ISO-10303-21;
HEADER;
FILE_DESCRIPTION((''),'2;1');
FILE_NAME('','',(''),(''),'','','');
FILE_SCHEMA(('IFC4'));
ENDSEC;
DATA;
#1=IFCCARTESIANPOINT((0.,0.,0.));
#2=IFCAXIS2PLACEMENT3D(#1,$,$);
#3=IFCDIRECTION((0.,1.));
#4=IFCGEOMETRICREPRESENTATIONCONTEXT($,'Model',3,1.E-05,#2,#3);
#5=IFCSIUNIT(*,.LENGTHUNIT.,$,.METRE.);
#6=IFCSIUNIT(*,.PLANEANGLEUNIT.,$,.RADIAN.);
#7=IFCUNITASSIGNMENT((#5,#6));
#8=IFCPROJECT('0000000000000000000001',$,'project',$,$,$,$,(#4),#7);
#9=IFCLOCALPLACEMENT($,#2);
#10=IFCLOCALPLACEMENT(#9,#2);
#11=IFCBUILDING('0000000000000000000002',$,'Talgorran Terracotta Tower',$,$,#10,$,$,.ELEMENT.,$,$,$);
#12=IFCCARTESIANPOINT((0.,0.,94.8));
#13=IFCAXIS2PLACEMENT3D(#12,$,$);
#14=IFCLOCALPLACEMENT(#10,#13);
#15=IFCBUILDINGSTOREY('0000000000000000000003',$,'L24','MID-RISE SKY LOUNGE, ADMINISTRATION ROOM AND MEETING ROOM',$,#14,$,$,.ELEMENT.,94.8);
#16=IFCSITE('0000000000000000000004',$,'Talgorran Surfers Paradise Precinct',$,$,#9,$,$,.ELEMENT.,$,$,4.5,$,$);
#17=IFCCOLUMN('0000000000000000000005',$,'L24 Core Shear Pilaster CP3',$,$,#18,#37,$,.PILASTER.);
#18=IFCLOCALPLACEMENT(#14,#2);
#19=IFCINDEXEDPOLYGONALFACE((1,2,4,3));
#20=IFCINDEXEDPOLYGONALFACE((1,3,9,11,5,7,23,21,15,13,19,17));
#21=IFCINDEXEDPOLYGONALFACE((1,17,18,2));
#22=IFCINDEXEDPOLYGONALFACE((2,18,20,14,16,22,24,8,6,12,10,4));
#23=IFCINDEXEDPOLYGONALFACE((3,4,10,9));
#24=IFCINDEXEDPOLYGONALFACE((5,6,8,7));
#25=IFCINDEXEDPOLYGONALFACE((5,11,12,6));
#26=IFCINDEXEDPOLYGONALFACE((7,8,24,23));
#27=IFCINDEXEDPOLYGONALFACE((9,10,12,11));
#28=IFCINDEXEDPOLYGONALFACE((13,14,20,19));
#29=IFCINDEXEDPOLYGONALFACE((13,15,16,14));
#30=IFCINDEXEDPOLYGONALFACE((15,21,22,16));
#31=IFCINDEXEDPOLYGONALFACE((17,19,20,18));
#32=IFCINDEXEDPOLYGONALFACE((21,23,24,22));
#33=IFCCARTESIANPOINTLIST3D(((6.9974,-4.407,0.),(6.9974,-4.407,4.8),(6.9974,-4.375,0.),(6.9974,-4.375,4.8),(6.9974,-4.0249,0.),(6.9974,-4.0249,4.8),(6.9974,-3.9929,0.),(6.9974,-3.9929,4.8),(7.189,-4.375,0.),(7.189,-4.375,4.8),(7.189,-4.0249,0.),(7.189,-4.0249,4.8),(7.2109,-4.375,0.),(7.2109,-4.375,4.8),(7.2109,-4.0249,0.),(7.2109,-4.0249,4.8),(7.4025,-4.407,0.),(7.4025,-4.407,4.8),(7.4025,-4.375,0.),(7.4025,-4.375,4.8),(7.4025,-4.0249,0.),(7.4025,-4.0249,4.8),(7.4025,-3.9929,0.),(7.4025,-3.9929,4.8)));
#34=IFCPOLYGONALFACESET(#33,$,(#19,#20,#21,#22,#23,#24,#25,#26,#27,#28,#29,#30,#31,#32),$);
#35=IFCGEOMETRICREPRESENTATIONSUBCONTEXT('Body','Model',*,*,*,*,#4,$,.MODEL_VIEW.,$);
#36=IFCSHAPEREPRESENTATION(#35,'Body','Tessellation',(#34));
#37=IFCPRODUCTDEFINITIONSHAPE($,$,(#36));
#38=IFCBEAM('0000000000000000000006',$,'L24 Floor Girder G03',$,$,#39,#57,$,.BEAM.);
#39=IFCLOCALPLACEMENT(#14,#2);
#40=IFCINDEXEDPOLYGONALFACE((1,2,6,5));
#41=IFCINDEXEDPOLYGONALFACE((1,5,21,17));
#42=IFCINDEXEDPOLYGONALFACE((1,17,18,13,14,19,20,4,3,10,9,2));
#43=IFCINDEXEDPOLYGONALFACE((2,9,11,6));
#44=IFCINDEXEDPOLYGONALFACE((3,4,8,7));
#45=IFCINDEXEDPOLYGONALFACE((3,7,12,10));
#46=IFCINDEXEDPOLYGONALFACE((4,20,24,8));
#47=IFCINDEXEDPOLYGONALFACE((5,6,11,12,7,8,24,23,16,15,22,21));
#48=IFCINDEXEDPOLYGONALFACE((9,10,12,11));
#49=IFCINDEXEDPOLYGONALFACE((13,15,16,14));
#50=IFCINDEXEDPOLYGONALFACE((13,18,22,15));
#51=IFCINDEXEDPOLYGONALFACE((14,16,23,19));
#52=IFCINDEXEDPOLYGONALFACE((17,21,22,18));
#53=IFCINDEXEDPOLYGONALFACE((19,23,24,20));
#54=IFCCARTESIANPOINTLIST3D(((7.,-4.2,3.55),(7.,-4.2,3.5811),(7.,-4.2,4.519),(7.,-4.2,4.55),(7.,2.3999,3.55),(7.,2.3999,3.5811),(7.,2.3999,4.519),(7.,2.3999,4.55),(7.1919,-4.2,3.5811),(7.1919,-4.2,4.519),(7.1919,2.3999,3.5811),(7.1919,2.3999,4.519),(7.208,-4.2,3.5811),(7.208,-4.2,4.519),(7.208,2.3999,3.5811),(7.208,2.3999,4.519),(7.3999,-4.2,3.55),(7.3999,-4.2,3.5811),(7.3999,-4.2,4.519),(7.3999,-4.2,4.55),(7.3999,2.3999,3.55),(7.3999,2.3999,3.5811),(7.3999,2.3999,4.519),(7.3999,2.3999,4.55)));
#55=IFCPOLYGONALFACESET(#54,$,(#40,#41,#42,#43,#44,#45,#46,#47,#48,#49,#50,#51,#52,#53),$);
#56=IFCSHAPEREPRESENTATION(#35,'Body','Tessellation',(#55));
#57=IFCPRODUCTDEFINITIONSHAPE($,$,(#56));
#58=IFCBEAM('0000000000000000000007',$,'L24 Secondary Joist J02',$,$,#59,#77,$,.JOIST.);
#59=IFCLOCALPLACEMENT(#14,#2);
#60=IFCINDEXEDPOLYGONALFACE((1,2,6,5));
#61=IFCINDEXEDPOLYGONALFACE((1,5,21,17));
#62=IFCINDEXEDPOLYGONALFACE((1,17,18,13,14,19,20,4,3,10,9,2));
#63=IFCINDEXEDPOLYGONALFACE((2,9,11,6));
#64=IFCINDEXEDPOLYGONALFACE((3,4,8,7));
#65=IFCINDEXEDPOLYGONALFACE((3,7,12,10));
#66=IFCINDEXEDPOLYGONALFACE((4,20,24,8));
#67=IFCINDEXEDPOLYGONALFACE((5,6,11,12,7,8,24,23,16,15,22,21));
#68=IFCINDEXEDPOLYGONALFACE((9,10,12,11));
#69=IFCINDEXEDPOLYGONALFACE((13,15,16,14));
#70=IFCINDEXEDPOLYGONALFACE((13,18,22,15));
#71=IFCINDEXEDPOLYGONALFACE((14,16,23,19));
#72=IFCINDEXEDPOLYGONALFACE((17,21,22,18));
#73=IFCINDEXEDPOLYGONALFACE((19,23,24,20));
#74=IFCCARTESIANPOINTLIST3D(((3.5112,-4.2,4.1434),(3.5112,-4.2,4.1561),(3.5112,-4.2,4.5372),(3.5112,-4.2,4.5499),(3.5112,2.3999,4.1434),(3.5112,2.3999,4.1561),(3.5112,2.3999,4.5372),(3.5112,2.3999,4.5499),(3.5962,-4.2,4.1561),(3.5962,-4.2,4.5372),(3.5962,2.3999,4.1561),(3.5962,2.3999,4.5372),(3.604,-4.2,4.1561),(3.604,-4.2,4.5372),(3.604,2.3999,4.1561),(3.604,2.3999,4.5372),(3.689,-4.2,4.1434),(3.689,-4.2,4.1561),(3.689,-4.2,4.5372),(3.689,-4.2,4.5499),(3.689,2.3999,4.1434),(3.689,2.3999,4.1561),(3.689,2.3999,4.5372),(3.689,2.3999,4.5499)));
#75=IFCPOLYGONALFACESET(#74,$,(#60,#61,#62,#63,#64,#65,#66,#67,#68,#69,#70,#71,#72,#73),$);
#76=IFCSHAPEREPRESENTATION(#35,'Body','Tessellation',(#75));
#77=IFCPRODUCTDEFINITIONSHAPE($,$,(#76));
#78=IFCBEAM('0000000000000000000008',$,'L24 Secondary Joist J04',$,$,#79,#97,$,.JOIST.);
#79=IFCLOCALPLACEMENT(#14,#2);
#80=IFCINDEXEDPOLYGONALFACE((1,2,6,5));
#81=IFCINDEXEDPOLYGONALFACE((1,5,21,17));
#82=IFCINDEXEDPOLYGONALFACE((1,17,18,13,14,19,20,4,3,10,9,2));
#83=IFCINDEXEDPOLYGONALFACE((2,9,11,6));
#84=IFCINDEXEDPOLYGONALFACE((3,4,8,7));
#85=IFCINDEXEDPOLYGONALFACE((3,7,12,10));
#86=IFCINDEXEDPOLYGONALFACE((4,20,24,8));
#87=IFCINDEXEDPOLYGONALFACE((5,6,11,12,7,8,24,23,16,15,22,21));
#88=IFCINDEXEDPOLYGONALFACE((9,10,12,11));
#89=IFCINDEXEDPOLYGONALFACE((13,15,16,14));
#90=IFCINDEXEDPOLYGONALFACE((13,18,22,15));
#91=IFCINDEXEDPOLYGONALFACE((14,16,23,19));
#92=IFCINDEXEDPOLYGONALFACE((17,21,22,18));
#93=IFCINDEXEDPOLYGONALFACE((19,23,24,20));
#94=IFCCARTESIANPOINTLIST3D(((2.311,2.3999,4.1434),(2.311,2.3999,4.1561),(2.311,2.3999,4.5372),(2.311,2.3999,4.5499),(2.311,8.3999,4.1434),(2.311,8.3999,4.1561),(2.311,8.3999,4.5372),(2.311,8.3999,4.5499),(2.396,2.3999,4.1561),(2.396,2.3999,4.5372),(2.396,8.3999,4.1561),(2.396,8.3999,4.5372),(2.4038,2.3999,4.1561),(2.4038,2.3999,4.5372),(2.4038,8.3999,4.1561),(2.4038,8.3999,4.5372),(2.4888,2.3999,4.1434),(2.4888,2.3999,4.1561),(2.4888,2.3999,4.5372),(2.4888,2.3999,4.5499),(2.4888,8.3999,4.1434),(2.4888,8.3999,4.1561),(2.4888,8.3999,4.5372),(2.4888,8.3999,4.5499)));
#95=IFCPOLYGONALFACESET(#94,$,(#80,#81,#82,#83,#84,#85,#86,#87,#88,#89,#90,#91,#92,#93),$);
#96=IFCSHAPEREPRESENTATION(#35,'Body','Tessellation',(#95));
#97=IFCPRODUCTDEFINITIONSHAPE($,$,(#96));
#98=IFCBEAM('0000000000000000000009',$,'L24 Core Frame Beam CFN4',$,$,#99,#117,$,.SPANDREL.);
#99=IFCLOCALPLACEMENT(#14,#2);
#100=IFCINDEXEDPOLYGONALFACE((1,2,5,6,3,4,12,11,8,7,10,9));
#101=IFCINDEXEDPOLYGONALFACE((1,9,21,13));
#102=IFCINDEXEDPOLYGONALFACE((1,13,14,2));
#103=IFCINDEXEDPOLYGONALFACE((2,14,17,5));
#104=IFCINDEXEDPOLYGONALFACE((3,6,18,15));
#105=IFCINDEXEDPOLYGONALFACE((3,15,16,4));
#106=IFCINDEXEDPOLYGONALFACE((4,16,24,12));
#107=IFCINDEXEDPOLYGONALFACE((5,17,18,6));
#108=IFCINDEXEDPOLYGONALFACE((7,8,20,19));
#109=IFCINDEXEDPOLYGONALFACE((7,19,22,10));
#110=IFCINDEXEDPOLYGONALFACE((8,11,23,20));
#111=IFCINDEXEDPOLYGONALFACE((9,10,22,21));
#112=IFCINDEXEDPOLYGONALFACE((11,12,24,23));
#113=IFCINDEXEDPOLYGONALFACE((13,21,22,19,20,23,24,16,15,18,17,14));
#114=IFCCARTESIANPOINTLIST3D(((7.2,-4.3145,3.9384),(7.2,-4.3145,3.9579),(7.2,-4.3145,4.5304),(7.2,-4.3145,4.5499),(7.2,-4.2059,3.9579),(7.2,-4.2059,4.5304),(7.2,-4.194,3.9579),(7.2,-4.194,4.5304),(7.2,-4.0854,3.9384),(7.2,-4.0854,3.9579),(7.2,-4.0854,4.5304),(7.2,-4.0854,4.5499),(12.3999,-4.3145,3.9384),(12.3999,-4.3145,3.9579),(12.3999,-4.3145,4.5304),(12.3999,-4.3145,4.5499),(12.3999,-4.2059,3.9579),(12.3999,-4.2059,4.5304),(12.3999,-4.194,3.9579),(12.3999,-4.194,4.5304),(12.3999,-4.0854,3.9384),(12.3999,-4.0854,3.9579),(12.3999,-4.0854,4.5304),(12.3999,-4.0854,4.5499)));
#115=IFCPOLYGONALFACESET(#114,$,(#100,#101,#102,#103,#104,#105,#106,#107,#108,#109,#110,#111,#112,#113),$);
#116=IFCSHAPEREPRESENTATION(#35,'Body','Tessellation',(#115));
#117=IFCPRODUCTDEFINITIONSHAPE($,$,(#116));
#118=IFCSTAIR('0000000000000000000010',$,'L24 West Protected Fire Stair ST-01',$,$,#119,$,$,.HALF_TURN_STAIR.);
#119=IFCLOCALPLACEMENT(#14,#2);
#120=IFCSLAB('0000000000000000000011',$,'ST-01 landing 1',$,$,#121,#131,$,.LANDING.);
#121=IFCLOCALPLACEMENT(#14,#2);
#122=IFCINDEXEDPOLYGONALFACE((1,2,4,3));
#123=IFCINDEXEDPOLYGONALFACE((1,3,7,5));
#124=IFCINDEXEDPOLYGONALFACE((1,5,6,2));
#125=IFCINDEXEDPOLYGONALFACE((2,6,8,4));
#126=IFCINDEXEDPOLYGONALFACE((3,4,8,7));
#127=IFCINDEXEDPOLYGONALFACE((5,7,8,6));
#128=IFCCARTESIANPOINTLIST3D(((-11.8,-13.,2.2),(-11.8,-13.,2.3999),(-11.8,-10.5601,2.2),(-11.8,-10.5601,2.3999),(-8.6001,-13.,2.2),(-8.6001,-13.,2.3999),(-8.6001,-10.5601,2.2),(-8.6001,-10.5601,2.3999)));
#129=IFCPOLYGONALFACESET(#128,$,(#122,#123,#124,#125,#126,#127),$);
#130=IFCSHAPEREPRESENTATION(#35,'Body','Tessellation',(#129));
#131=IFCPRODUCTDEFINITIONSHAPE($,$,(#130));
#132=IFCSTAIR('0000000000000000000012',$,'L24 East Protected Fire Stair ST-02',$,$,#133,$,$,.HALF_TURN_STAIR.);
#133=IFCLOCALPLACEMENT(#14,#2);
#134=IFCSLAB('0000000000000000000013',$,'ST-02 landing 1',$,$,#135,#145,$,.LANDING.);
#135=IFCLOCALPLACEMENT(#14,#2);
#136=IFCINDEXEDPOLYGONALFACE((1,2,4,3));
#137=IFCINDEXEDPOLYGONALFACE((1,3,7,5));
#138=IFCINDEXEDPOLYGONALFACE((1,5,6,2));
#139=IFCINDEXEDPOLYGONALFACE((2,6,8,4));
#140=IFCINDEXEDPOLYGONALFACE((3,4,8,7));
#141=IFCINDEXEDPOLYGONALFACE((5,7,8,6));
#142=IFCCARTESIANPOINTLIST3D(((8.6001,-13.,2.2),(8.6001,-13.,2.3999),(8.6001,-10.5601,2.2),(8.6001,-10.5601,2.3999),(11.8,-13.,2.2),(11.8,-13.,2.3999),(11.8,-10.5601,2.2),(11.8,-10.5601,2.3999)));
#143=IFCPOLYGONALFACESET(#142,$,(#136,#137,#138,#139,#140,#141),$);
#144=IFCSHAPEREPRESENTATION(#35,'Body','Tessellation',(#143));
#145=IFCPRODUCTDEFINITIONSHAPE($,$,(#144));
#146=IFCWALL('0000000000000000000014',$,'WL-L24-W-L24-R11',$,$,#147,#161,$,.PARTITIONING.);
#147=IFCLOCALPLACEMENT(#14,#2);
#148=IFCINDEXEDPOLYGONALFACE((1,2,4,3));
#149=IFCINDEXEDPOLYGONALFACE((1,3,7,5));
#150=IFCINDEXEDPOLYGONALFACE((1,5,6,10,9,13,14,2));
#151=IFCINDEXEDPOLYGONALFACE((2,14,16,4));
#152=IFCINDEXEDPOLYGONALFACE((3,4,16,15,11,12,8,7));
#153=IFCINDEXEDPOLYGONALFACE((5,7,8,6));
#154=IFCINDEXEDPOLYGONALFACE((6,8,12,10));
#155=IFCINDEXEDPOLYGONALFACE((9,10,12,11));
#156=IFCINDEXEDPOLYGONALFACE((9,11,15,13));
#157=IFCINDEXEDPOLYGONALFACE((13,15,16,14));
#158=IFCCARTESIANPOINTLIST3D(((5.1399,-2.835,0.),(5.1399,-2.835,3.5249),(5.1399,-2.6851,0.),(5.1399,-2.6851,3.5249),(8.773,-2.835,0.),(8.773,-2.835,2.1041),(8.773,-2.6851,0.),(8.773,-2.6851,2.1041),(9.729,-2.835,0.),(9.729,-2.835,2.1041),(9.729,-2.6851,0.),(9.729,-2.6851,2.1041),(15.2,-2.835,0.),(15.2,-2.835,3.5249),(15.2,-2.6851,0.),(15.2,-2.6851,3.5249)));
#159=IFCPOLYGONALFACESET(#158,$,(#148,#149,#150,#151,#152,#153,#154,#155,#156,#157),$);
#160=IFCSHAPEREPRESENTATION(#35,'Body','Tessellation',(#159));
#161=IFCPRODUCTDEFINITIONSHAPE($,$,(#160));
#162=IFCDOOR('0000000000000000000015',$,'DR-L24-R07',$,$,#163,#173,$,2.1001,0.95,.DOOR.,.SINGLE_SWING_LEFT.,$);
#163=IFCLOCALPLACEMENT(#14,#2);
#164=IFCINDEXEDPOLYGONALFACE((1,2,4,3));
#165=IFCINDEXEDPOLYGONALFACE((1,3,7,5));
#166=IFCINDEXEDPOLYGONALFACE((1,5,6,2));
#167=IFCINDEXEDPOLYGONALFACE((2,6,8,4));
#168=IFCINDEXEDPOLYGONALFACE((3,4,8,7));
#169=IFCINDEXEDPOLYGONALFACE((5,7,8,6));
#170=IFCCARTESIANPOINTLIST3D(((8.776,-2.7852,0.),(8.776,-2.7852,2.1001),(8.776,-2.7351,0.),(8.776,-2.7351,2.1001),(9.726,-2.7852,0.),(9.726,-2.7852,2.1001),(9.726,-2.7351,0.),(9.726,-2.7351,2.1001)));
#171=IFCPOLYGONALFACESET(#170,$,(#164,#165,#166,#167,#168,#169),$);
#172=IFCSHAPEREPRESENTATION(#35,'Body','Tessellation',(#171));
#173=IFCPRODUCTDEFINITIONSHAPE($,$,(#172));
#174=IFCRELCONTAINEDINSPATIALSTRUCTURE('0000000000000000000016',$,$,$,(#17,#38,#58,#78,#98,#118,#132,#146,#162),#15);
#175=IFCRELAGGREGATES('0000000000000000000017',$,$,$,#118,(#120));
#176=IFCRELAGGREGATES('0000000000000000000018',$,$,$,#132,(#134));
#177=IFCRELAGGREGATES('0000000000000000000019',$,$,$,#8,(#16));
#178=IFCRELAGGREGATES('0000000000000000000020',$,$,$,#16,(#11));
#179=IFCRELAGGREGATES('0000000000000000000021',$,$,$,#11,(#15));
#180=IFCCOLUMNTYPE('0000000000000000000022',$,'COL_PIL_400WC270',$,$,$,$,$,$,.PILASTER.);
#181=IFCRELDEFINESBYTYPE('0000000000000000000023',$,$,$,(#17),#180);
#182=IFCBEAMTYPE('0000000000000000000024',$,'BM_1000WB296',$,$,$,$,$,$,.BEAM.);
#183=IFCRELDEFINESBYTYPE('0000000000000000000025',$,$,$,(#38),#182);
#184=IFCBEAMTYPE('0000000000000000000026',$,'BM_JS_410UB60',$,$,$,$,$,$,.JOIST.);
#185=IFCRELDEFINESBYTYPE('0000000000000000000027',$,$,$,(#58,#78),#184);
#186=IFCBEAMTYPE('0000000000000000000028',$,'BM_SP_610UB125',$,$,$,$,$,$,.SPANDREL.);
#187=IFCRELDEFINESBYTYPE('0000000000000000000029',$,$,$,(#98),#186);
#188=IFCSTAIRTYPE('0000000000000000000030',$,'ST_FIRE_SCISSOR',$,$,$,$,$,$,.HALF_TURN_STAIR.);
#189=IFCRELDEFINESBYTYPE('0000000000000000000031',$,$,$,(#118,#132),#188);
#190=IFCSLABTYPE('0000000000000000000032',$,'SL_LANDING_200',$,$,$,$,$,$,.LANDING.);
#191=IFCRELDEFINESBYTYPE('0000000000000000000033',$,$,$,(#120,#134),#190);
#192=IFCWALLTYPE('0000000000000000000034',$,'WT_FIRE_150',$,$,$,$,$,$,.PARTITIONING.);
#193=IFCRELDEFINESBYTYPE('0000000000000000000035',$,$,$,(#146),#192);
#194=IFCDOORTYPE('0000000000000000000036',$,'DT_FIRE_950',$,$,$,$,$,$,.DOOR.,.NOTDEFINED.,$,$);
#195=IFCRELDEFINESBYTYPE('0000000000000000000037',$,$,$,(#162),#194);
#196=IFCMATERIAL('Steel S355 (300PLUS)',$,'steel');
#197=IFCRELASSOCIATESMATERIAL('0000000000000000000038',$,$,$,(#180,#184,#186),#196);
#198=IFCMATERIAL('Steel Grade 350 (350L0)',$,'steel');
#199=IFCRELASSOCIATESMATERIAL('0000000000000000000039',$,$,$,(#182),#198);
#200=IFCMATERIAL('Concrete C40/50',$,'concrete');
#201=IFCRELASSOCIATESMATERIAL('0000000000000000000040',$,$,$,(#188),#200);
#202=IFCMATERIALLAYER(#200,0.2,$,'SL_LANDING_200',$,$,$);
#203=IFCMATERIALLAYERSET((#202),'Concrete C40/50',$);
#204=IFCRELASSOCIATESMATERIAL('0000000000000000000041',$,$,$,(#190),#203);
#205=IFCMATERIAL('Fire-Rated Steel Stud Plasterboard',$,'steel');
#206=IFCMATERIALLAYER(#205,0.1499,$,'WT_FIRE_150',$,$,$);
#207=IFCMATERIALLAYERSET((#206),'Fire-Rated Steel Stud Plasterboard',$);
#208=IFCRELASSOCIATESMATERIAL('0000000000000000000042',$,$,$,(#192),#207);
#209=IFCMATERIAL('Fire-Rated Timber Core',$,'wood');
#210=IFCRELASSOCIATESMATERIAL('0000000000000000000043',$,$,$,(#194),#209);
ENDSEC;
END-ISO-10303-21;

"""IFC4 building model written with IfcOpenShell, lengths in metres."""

from ifc_helpers import new_model, si_unit, direction, frame, frame_2d, origin, origin_2d, place, context, subcontext, project, spatial, polyline, rectangle, i_section, outline, extrude, material, layer, layer_set, material_profile, profile_set, type_object, element, fill, aggregate, save


model = new_model("IFC4")

# Units and contexts
model_context = context("Model", 3, precision=1e-05, world=origin(), true_north=direction((0.0, 1.0)))
body_context = subcontext(model_context, "Body", "Model", "MODEL_VIEW")
ifc_project = project(units=[si_unit("LENGTHUNIT", "METRE"), si_unit("PLANEANGLEUNIT", "RADIAN")], contexts=[model_context])

# Site, building, storey
site_placement = place(None, origin())
site = spatial("IfcSite", under=ifc_project, at=site_placement, Name="Talgorran Surfers Paradise Precinct", CompositionType="ELEMENT", RefElevation=4.5)
building_placement = place(site_placement, origin())
building = spatial("IfcBuilding", under=site, at=building_placement, Name="Talgorran Terracotta Tower", CompositionType="ELEMENT")
storey_placement = place(building_placement, frame((0.0, 0.0, 94.8)))
storey = spatial("IfcBuildingStorey", under=building, at=storey_placement, Name="L24", Description="MID-RISE SKY LOUNGE, ADMINISTRATION ROOM AND MEETING ROOM", CompositionType="ELEMENT", Elevation=94.8)

# Column
ifc_material_1 = material(Name="Steel S355 (300PLUS)", Category="steel")
ifc_material_profile_1 = material_profile(ifc_material_1, i_section(OverallWidth=0.405, OverallDepth=0.4141, WebThickness=0.022, FlangeThickness=0.032, at=origin_2d()), Name="400WC270")
ifc_profile_set_1 = profile_set([ifc_material_profile_1], Name="Steel S355 (300PLUS)")
column_type = type_object("IfcColumnType", Name="COL_PIL_400WC270", PredefinedType="PILASTER", material=ifc_profile_set_1)
column_placement = place(storey_placement, frame((7.2, -4.2, 0.0), z_axis=(0.0, 0.0, 1.0), x_axis=(1.0, 0.0, 0.0)))
element("IfcColumn", 1, at=column_placement, inside=storey, type_object=column_type, Name="L24 Core Shear Pilaster CP3", PredefinedType="PILASTER", context=body_context, shape_type="SweptSolid", body=[
    extrude(i_section(OverallWidth=0.405, OverallDepth=0.4141, WebThickness=0.022, FlangeThickness=0.032, at=origin_2d()), origin(), (0.0, 0.0, 1.0), 4.8),
])

# Beams
ifc_material_2 = material(Name="Steel Grade 350 (350L0)", Category="steel")
ifc_material_profile_2 = material_profile(ifc_material_2, i_section(OverallWidth=0.3999, OverallDepth=1.0, WebThickness=0.0161, FlangeThickness=0.031, at=origin_2d()), Name="1000WB296")
ifc_profile_set_2 = profile_set([ifc_material_profile_2], Name="Steel Grade 350 (350L0)")
beam_type_1 = type_object("IfcBeamType", Name="BM_1000WB296", PredefinedType="BEAM", material=ifc_profile_set_2)
beam_1_placement = place(storey_placement, frame((7.2, -4.2, 4.05), z_axis=(0.0, 1.0, 0.0), x_axis=(-1.0, 0.0, 0.0)))
element("IfcBeam", 2, at=beam_1_placement, inside=storey, type_object=beam_type_1, Name="L24 Floor Girder G03", PredefinedType="BEAM", context=body_context, shape_type="SweptSolid", body=[
    extrude(i_section(OverallWidth=0.3999, OverallDepth=1.0, WebThickness=0.0161, FlangeThickness=0.031, at=origin_2d()), origin(), (0.0, 0.0, 1.0), 6.5999),
])
ifc_material_profile_3 = material_profile(ifc_material_1, i_section(OverallWidth=0.1777, OverallDepth=0.4065, WebThickness=0.0078, FlangeThickness=0.0127, at=origin_2d()), Name="410UB59.7")
ifc_profile_set_3 = profile_set([ifc_material_profile_3], Name="Steel S355 (300PLUS)")
beam_type_2 = type_object("IfcBeamType", Name="BM_JS_410UB60", PredefinedType="JOIST", material=ifc_profile_set_3)
beam_2_placement = place(storey_placement, frame((3.6001, -4.2, 4.3467), z_axis=(0.0, 1.0, 0.0), x_axis=(-1.0, 0.0, 0.0)))
element("IfcBeam", 3, at=beam_2_placement, inside=storey, type_object=beam_type_2, Name="L24 Secondary Joist J02", PredefinedType="JOIST", context=body_context, shape_type="SweptSolid", body=[
    extrude(i_section(OverallWidth=0.1777, OverallDepth=0.4065, WebThickness=0.0078, FlangeThickness=0.0127, at=origin_2d()), origin(), (0.0, 0.0, 1.0), 6.5999),
])
beam_3_placement = place(storey_placement, frame((2.3999, 2.3999, 4.3467), z_axis=(0.0, 1.0, 0.0), x_axis=(-1.0, 0.0, 0.0)))
element("IfcBeam", 4, at=beam_3_placement, inside=storey, type_object=beam_type_2, Name="L24 Secondary Joist J04", PredefinedType="JOIST", context=body_context, shape_type="SweptSolid", body=[
    extrude(i_section(OverallWidth=0.1777, OverallDepth=0.4065, WebThickness=0.0078, FlangeThickness=0.0127, at=origin_2d()), origin(), (0.0, 0.0, 1.0), 6.0),
])
ifc_material_profile_4 = material_profile(ifc_material_1, i_section(OverallWidth=0.229, OverallDepth=0.6116, WebThickness=0.012, FlangeThickness=0.0195, at=origin_2d()), Name="610UB125")
ifc_profile_set_4 = profile_set([ifc_material_profile_4], Name="Steel S355 (300PLUS)")
beam_type_3 = type_object("IfcBeamType", Name="BM_SP_610UB125", PredefinedType="SPANDREL", material=ifc_profile_set_4)
beam_4_placement = place(storey_placement, frame((7.2, -4.2, 4.2441), z_axis=(1.0, 0.0, 0.0), x_axis=(0.0, 1.0, 0.0)))
element("IfcBeam", 5, at=beam_4_placement, inside=storey, type_object=beam_type_3, Name="L24 Core Frame Beam CFN4", PredefinedType="SPANDREL", context=body_context, shape_type="SweptSolid", body=[
    extrude(i_section(OverallWidth=0.229, OverallDepth=0.6116, WebThickness=0.012, FlangeThickness=0.0195, at=origin_2d()), origin(), (0.0, 0.0, 1.0), 5.2),
])

# Stairs, slabs
ifc_material_3 = material(Name="Concrete C40/50", Category="concrete")
stair_type = type_object("IfcStairType", Name="ST_FIRE_SCISSOR", PredefinedType="HALF_TURN_STAIR", material=ifc_material_3)
stair_1_placement = place(storey_placement, origin())
stair_1 = element("IfcStair", 6, at=stair_1_placement, inside=storey, type_object=stair_type, Name="L24 West Protected Fire Stair ST-01", PredefinedType="HALF_TURN_STAIR")
ifc_layer_1 = layer(ifc_material_3, 0.2, Name="SL_LANDING_200")
ifc_layer_set_1 = layer_set([ifc_layer_1], Name="Concrete C40/50")
slab_type = type_object("IfcSlabType", Name="SL_LANDING_200", PredefinedType="LANDING", material=ifc_layer_set_1)
slab_1_placement = place(storey_placement, frame((0.0, 0.0, 2.2)))
slab_1 = element("IfcSlab", 7, at=slab_1_placement, type_object=slab_type, Name="ST-01 landing 1", PredefinedType="LANDING", context=body_context, shape_type="SweptSolid", body=[
    extrude(outline(polyline([(-11.8, -10.5601), (-11.8, -13.0), (-8.6001, -13.0), (-8.6001, -10.5601), (-11.8, -10.5601)])), origin(), (0.0, 0.0, 1.0), 0.2),
])
aggregate(stair_1, [slab_1])
stair_2_placement = place(storey_placement, origin())
stair_2 = element("IfcStair", 8, at=stair_2_placement, inside=storey, type_object=stair_type, Name="L24 East Protected Fire Stair ST-02", PredefinedType="HALF_TURN_STAIR")
slab_2_placement = place(storey_placement, frame((0.0, 0.0, 2.2)))
slab_2 = element("IfcSlab", 9, at=slab_2_placement, type_object=slab_type, Name="ST-02 landing 1", PredefinedType="LANDING", context=body_context, shape_type="SweptSolid", body=[
    extrude(outline(polyline([(8.6001, -10.5601), (8.6001, -13.0), (11.8, -13.0), (11.8, -10.5601), (8.6001, -10.5601)])), origin(), (0.0, 0.0, 1.0), 0.2),
])
aggregate(stair_2, [slab_2])

# Wall, opening, door
ifc_material_4 = material(Name="Fire-Rated Steel Stud Plasterboard", Category="steel")
ifc_layer_2 = layer(ifc_material_4, 0.1499, Name="WT_FIRE_150")
ifc_layer_set_2 = layer_set([ifc_layer_2], Name="Fire-Rated Steel Stud Plasterboard")
wall_type_1 = type_object("IfcWallType", Name="WT_FIRE_150", PredefinedType="PARTITIONING", material=ifc_layer_set_2)
wall_1_placement = place(storey_placement, frame((5.1399, -2.76, 0.0), z_axis=(0.0, 0.0, 1.0), x_axis=(1.0, 0.0, 0.0)))
wall_1 = element("IfcWall", 10, at=wall_1_placement, inside=storey, type_object=wall_type_1, Name="WL-L24-W-L24-R11", PredefinedType="PARTITIONING", context=body_context, shape_type="SweptSolid", body=[
    extrude(rectangle(XDim=10.0601, YDim=0.1499, at=frame_2d((5.03, 0.0))), origin(), (0.0, 0.0, 1.0), 3.5249),
])
opening_1_placement = place(wall_1_placement, frame((3.636, 0.0, 0.0)))
opening_1 = element("IfcOpeningElement", 11, at=opening_1_placement, cuts=wall_1, PredefinedType="OPENING", context=body_context, shape_type="SweptSolid", body=[
    extrude(rectangle(XDim=0.956, YDim=2.1041, at=frame_2d((0.4751, 1.052))), frame((0.0, 0.085, 0.0), z_axis=(0.0, -1.0, 0.0), x_axis=(1.0, 0.0, 0.0)), (0.0, 0.0, 1.0), 0.1699),
])
ifc_material_5 = material(Name="Fire-Rated Timber Core", Category="wood")
door_type = type_object("IfcDoorType", Name="DT_FIRE_950", OperationType="NOTDEFINED", PredefinedType="DOOR", material=ifc_material_5)
door_1_placement = place(opening_1_placement, origin())
door_1 = element("IfcDoor", 12, at=door_1_placement, inside=storey, type_object=door_type, Name="DR-L24-R07", OperationType="SINGLE_SWING_LEFT", OverallHeight=2.1001, OverallWidth=0.95, PredefinedType="DOOR", context=body_context, shape_type="SweptSolid", body=[
    extrude(rectangle(XDim=0.95, YDim=2.1001, at=frame_2d((0.4751, 1.05))), frame((0.0, 0.0249, 0.0), z_axis=(0.0, -1.0, 0.0), x_axis=(1.0, 0.0, 0.0)), (0.0, 0.0, 1.0), 0.05),
])
fill(opening_1, door_1)

save(model, "model.ifc")
